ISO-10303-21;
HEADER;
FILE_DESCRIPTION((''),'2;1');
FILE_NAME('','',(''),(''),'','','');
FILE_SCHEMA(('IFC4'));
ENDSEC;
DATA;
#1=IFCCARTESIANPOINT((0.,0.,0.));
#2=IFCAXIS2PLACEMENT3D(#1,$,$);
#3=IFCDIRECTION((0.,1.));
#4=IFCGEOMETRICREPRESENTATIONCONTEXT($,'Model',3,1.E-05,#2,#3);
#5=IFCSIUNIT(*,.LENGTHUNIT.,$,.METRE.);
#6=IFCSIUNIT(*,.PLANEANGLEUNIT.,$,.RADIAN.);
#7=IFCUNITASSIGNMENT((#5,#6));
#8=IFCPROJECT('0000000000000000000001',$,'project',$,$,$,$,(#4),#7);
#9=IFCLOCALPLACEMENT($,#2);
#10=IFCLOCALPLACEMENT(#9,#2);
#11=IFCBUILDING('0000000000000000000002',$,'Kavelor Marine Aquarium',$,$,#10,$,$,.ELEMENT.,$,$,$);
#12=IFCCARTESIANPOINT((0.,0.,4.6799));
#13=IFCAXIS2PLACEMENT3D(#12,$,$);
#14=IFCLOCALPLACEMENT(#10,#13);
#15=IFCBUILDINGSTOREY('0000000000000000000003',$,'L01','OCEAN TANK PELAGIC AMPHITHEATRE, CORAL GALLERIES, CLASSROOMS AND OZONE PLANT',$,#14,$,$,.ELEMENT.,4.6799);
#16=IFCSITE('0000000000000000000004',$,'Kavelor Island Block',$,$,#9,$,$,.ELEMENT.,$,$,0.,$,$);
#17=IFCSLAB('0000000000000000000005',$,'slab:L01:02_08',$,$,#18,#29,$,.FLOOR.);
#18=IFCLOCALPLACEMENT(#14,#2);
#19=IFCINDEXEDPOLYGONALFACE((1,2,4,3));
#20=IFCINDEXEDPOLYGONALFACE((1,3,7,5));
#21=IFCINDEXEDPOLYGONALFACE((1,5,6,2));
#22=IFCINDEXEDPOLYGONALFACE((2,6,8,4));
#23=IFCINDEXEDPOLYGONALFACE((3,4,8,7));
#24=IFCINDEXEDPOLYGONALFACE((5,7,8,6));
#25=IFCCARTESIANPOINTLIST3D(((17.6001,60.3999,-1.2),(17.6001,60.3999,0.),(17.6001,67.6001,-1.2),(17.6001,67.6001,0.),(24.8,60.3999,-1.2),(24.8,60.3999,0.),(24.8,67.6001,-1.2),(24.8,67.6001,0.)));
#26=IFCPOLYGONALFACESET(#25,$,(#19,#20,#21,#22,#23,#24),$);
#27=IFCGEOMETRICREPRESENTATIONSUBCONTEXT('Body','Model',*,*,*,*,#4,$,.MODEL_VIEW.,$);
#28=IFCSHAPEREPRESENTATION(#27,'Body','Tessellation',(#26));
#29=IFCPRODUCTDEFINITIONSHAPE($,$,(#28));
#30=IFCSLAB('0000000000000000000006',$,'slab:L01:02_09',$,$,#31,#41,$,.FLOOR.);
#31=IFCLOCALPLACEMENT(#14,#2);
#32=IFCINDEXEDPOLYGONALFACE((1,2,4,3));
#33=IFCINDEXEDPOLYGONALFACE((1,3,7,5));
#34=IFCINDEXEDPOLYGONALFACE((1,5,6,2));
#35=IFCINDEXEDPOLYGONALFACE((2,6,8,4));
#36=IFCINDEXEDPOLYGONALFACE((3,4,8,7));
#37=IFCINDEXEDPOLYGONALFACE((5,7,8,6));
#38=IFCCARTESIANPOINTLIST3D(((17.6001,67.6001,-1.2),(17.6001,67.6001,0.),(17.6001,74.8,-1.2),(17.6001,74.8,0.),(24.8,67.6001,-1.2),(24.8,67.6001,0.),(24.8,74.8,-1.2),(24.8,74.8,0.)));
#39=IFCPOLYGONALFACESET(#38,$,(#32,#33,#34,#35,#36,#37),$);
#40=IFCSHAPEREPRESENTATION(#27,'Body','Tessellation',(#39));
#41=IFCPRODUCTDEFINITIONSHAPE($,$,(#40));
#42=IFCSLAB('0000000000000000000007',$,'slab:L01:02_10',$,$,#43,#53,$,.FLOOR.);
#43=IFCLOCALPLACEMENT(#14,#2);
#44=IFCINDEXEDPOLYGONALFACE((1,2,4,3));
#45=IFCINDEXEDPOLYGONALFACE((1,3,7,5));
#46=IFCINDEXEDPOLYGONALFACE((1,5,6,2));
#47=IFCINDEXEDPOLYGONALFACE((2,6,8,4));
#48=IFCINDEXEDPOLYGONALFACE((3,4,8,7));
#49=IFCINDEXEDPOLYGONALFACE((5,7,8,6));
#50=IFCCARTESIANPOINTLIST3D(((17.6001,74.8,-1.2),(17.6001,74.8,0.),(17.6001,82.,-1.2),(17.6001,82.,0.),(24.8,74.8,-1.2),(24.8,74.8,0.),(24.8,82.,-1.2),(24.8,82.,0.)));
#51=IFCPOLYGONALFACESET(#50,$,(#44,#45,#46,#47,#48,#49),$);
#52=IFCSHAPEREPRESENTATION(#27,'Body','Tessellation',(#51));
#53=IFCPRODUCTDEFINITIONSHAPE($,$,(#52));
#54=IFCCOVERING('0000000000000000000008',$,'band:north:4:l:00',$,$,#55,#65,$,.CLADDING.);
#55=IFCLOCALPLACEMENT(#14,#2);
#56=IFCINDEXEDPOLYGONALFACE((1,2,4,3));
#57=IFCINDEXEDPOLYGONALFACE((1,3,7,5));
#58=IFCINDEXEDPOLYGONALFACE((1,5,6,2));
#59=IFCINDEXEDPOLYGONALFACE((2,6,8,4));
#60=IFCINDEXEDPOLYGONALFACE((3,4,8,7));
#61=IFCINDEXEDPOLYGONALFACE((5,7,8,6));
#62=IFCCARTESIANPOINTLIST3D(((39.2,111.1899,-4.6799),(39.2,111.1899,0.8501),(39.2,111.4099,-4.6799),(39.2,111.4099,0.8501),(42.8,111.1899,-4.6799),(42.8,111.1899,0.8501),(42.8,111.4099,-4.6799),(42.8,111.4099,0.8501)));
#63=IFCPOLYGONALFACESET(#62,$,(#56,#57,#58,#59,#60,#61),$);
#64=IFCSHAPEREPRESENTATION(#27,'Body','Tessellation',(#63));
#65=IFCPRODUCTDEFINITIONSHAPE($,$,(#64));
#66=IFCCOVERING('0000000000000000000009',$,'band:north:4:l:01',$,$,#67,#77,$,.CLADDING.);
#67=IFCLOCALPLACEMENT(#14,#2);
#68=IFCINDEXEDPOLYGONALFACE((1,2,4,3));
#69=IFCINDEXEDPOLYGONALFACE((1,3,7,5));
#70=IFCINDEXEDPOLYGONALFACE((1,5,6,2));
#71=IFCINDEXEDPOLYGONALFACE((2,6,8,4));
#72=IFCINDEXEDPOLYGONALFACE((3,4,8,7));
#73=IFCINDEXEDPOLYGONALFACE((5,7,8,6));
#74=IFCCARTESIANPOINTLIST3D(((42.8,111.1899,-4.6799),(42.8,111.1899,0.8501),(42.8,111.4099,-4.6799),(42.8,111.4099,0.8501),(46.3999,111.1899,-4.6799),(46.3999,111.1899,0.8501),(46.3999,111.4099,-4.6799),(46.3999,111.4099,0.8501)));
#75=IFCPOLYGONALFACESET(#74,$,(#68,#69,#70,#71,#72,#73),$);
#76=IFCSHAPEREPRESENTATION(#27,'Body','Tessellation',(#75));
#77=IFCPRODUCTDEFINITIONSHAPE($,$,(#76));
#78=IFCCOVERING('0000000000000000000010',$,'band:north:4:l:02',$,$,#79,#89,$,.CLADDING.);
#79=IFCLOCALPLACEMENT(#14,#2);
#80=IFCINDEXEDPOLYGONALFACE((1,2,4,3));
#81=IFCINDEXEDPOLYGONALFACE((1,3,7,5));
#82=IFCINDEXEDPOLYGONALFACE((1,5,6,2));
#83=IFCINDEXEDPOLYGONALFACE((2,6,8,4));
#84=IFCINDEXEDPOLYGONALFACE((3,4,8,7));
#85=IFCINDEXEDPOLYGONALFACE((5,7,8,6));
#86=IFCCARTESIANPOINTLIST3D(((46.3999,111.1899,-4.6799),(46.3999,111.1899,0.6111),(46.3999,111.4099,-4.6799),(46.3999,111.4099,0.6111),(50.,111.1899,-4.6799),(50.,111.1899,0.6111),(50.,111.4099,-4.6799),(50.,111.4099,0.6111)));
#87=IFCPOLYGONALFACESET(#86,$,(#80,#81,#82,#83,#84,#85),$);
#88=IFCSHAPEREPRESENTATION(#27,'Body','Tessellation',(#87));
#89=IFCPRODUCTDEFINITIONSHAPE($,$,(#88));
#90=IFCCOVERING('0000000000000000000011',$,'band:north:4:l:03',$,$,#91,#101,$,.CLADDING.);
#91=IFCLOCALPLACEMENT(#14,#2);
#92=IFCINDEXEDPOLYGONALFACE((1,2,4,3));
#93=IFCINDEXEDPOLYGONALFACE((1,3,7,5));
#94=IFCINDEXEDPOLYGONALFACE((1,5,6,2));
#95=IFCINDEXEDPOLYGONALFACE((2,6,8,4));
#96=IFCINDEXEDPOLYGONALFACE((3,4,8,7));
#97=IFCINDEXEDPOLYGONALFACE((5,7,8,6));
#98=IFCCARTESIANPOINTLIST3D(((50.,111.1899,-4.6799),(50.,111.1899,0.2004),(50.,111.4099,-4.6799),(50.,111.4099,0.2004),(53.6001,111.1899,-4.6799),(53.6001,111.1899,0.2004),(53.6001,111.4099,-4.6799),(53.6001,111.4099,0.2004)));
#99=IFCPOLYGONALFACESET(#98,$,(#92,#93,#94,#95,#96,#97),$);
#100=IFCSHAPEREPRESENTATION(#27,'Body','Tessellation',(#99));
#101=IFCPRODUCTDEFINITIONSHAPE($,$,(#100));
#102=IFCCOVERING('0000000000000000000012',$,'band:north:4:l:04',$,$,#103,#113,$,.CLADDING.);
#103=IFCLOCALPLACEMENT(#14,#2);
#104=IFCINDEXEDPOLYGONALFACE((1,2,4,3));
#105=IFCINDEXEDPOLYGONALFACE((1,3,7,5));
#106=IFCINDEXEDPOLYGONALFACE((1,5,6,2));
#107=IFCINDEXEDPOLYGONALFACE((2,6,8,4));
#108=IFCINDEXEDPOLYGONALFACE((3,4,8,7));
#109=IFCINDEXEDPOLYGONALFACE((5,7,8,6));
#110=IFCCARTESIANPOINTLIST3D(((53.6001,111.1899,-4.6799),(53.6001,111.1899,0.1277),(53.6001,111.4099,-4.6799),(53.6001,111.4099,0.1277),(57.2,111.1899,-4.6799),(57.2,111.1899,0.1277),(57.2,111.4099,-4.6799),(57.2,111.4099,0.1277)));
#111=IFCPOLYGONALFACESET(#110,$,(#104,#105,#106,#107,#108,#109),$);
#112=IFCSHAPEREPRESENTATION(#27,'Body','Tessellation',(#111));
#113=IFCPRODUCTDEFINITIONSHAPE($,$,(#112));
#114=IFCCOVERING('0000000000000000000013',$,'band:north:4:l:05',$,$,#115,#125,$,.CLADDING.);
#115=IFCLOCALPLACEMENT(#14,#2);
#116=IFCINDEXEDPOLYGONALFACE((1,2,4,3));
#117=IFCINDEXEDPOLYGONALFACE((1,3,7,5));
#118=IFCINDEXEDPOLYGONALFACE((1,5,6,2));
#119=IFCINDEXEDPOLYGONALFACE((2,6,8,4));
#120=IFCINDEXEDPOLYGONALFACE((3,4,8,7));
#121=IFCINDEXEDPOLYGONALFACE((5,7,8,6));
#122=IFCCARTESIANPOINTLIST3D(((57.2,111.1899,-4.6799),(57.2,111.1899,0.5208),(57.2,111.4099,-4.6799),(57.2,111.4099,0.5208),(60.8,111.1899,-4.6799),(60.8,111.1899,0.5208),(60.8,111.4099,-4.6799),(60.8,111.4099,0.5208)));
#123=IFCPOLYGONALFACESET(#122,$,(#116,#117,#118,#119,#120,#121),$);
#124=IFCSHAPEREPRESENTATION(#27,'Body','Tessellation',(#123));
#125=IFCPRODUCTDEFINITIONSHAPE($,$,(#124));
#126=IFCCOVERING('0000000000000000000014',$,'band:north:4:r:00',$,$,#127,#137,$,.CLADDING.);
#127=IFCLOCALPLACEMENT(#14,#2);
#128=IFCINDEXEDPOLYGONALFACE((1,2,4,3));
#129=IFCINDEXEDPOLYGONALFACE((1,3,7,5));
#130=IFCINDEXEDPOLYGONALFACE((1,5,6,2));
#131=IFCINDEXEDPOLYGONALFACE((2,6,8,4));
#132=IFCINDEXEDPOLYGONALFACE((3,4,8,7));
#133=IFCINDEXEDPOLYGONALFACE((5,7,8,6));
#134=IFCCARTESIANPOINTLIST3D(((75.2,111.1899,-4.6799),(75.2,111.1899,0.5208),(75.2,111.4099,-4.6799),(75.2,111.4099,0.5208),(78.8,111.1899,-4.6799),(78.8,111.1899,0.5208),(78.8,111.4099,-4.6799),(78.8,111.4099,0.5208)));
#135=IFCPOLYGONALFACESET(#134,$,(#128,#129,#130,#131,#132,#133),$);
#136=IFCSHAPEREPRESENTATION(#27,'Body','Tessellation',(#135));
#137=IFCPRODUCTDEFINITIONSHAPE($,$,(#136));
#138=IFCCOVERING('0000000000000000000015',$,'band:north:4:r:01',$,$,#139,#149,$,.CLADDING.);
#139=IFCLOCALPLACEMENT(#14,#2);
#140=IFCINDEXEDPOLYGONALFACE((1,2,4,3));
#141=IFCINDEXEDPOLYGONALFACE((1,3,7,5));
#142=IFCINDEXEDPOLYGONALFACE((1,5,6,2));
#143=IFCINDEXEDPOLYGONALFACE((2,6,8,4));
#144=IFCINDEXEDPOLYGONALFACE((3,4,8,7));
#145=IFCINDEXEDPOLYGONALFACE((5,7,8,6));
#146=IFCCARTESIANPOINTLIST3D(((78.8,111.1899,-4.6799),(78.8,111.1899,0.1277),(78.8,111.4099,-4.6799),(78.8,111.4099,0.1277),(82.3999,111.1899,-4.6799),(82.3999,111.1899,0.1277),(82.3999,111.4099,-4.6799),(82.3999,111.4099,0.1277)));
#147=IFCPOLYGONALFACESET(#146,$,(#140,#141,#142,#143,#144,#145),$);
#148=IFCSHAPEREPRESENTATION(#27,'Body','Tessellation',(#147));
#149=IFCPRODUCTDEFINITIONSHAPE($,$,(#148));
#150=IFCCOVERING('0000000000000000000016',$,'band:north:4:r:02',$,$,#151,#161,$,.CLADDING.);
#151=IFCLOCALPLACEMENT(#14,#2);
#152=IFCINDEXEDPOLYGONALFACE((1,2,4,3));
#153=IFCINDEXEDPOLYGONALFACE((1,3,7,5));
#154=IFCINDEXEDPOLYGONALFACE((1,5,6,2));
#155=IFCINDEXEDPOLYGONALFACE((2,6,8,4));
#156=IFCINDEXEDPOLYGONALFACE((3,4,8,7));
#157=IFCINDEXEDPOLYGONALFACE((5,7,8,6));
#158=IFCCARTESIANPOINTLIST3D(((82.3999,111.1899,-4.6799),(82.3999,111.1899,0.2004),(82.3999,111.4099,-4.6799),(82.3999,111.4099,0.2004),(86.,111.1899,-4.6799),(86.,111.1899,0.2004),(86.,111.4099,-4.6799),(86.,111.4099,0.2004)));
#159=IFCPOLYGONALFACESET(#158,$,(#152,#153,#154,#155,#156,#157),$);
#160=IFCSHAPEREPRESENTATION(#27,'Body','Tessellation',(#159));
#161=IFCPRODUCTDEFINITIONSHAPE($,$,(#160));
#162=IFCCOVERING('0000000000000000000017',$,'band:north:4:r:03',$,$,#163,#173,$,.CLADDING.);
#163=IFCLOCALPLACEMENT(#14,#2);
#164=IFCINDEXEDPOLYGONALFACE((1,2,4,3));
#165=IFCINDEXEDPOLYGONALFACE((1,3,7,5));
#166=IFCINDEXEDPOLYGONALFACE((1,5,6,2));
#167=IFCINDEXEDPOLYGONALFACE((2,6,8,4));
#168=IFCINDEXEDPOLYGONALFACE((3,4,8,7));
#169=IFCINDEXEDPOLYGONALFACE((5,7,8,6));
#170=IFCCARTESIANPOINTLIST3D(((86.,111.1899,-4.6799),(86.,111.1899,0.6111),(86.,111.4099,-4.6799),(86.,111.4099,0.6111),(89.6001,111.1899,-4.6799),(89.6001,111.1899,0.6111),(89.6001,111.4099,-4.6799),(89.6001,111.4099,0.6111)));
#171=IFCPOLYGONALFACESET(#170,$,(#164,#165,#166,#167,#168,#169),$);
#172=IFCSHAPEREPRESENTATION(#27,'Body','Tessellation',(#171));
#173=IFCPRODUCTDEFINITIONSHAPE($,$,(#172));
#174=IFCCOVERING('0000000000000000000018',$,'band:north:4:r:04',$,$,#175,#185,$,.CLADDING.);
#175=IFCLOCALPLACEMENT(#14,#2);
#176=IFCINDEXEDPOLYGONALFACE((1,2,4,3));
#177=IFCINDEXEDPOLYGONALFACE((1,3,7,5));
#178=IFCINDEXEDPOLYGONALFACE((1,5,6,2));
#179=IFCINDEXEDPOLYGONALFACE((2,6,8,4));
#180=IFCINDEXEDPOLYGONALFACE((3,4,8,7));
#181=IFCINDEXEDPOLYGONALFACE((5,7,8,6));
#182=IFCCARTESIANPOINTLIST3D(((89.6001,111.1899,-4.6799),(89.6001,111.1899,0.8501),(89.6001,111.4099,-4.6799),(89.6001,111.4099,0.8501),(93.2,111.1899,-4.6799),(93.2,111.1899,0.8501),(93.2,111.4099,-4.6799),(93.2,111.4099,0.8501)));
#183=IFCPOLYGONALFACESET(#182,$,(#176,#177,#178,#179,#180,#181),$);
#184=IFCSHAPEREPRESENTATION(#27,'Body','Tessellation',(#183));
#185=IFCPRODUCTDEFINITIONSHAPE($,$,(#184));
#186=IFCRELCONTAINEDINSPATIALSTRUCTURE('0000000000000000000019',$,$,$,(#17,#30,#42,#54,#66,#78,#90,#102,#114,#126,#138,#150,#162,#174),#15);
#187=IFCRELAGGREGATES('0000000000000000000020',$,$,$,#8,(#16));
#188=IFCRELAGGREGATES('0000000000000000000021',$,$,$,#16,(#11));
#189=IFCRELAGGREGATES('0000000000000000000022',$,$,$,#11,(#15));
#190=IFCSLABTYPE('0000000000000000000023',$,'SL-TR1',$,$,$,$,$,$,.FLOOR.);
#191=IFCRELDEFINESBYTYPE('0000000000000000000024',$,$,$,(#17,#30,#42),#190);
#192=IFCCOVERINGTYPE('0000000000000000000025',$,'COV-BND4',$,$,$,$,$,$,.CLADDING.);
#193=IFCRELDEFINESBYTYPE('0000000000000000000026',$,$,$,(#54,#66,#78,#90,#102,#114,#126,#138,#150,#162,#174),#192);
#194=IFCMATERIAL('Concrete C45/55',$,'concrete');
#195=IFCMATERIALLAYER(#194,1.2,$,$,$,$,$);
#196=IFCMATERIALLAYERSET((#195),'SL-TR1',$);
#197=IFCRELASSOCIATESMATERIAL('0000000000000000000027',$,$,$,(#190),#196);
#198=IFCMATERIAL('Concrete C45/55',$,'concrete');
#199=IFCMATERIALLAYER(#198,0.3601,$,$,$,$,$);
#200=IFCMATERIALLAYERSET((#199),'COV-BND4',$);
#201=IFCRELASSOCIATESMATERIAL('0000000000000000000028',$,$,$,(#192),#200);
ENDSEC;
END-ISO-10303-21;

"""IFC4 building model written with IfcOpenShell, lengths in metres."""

from ifc_helpers import new_model, si_unit, direction, frame, origin, place, context, subcontext, project, spatial, polyline, outline, extrude, material, layer, layer_set, type_object, element, save


model = new_model("IFC4")

# Units and contexts
model_context = context("Model", 3, precision=1e-05, world=origin(), true_north=direction((0.0, 1.0)))
body_context = subcontext(model_context, "Body", "Model", "MODEL_VIEW")
ifc_project = project(units=[si_unit("LENGTHUNIT", "METRE"), si_unit("PLANEANGLEUNIT", "RADIAN")], contexts=[model_context])

# Site, building, storey
site_placement = place(None, origin())
site = spatial("IfcSite", under=ifc_project, at=site_placement, Name="Kavelor Island Block", CompositionType="ELEMENT", RefElevation=0.0)
building_placement = place(site_placement, origin())
building = spatial("IfcBuilding", under=site, at=building_placement, Name="Kavelor Marine Aquarium", CompositionType="ELEMENT")
storey_placement = place(building_placement, frame((0.0, 0.0, 4.6799)))
storey = spatial("IfcBuildingStorey", under=building, at=storey_placement, Name="L01", Description="OCEAN TANK PELAGIC AMPHITHEATRE, CORAL GALLERIES, CLASSROOMS AND OZONE PLANT", CompositionType="ELEMENT", Elevation=4.6799)

# Slabs
ifc_material_1 = material(Name="Concrete C45/55", Category="concrete")
ifc_layer_1 = layer(ifc_material_1, 1.2)
ifc_layer_set_1 = layer_set([ifc_layer_1], Name="SL-TR1")
slab_type = type_object("IfcSlabType", Name="SL-TR1", PredefinedType="FLOOR", material=ifc_layer_set_1)
slab_1_placement = place(storey_placement, frame((0.0, 0.0, -1.2)))
element("IfcSlab", 1, at=slab_1_placement, inside=storey, type_object=slab_type, Name="slab:L01:02_08", PredefinedType="FLOOR", context=body_context, shape_type="SweptSolid", body=[
    extrude(outline(polyline([(17.6001, 60.3999), (24.8, 60.3999), (24.8, 67.6001), (17.6001, 67.6001), (17.6001, 60.3999)])), origin(), (0.0, 0.0, 1.0), 1.2),
])
slab_2_placement = place(storey_placement, frame((0.0, 0.0, -1.2)))
element("IfcSlab", 2, at=slab_2_placement, inside=storey, type_object=slab_type, Name="slab:L01:02_09", PredefinedType="FLOOR", context=body_context, shape_type="SweptSolid", body=[
    extrude(outline(polyline([(17.6001, 67.6001), (24.8, 67.6001), (24.8, 74.8), (17.6001, 74.8), (17.6001, 67.6001)])), origin(), (0.0, 0.0, 1.0), 1.2),
])
slab_3_placement = place(storey_placement, frame((0.0, 0.0, -1.2)))
element("IfcSlab", 3, at=slab_3_placement, inside=storey, type_object=slab_type, Name="slab:L01:02_10", PredefinedType="FLOOR", context=body_context, shape_type="SweptSolid", body=[
    extrude(outline(polyline([(17.6001, 74.8), (24.8, 74.8), (24.8, 82.0), (17.6001, 82.0), (17.6001, 74.8)])), origin(), (0.0, 0.0, 1.0), 1.2),
])

# Coverings
ifc_material_2 = material(Name="Concrete C45/55", Category="concrete")
ifc_layer_2 = layer(ifc_material_2, 0.3601)
ifc_layer_set_2 = layer_set([ifc_layer_2], Name="COV-BND4")
covering_type = type_object("IfcCoveringType", Name="COV-BND4", PredefinedType="CLADDING", material=ifc_layer_set_2)
covering_1_placement = place(storey_placement, frame((0.0, 0.0, -4.6799)))
element("IfcCovering", 4, at=covering_1_placement, inside=storey, type_object=covering_type, Name="band:north:4:l:00", PredefinedType="CLADDING", context=body_context, shape_type="SweptSolid", body=[
    extrude(outline(polyline([(39.2, 111.1899), (42.8, 111.1899), (42.8, 111.4099), (39.2, 111.4099), (39.2, 111.1899)])), origin(), (0.0, 0.0, 1.0), 5.53),
])
covering_2_placement = place(storey_placement, frame((0.0, 0.0, -4.6799)))
element("IfcCovering", 5, at=covering_2_placement, inside=storey, type_object=covering_type, Name="band:north:4:l:01", PredefinedType="CLADDING", context=body_context, shape_type="SweptSolid", body=[
    extrude(outline(polyline([(42.8, 111.1899), (46.3999, 111.1899), (46.3999, 111.4099), (42.8, 111.4099), (42.8, 111.1899)])), origin(), (0.0, 0.0, 1.0), 5.53),
])
covering_3_placement = place(storey_placement, frame((0.0, 0.0, -4.6799)))
element("IfcCovering", 6, at=covering_3_placement, inside=storey, type_object=covering_type, Name="band:north:4:l:02", PredefinedType="CLADDING", context=body_context, shape_type="SweptSolid", body=[
    extrude(outline(polyline([(46.3999, 111.1899), (50.0, 111.1899), (50.0, 111.4099), (46.3999, 111.4099), (46.3999, 111.1899)])), origin(), (0.0, 0.0, 1.0), 5.291),
])
covering_4_placement = place(storey_placement, frame((0.0, 0.0, -4.6799)))
element("IfcCovering", 7, at=covering_4_placement, inside=storey, type_object=covering_type, Name="band:north:4:l:03", PredefinedType="CLADDING", context=body_context, shape_type="SweptSolid", body=[
    extrude(outline(polyline([(50.0, 111.1899), (53.6001, 111.1899), (53.6001, 111.4099), (50.0, 111.4099), (50.0, 111.1899)])), origin(), (0.0, 0.0, 1.0), 4.8804),
])
covering_5_placement = place(storey_placement, frame((0.0, 0.0, -4.6799)))
element("IfcCovering", 8, at=covering_5_placement, inside=storey, type_object=covering_type, Name="band:north:4:l:04", PredefinedType="CLADDING", context=body_context, shape_type="SweptSolid", body=[
    extrude(outline(polyline([(53.6001, 111.1899), (57.2, 111.1899), (57.2, 111.4099), (53.6001, 111.4099), (53.6001, 111.1899)])), origin(), (0.0, 0.0, 1.0), 4.8076),
])
covering_6_placement = place(storey_placement, frame((0.0, 0.0, -4.6799)))
element("IfcCovering", 9, at=covering_6_placement, inside=storey, type_object=covering_type, Name="band:north:4:l:05", PredefinedType="CLADDING", context=body_context, shape_type="SweptSolid", body=[
    extrude(outline(polyline([(57.2, 111.1899), (60.8, 111.1899), (60.8, 111.4099), (57.2, 111.4099), (57.2, 111.1899)])), origin(), (0.0, 0.0, 1.0), 5.2007),
])
covering_7_placement = place(storey_placement, frame((0.0, 0.0, -4.6799)))
element("IfcCovering", 10, at=covering_7_placement, inside=storey, type_object=covering_type, Name="band:north:4:r:00", PredefinedType="CLADDING", context=body_context, shape_type="SweptSolid", body=[
    extrude(outline(polyline([(75.2, 111.1899), (78.8, 111.1899), (78.8, 111.4099), (75.2, 111.4099), (75.2, 111.1899)])), origin(), (0.0, 0.0, 1.0), 5.2007),
])
covering_8_placement = place(storey_placement, frame((0.0, 0.0, -4.6799)))
element("IfcCovering", 11, at=covering_8_placement, inside=storey, type_object=covering_type, Name="band:north:4:r:01", PredefinedType="CLADDING", context=body_context, shape_type="SweptSolid", body=[
    extrude(outline(polyline([(78.8, 111.1899), (82.3999, 111.1899), (82.3999, 111.4099), (78.8, 111.4099), (78.8, 111.1899)])), origin(), (0.0, 0.0, 1.0), 4.8076),
])
covering_9_placement = place(storey_placement, frame((0.0, 0.0, -4.6799)))
element("IfcCovering", 12, at=covering_9_placement, inside=storey, type_object=covering_type, Name="band:north:4:r:02", PredefinedType="CLADDING", context=body_context, shape_type="SweptSolid", body=[
    extrude(outline(polyline([(82.3999, 111.1899), (86.0, 111.1899), (86.0, 111.4099), (82.3999, 111.4099), (82.3999, 111.1899)])), origin(), (0.0, 0.0, 1.0), 4.8804),
])
covering_10_placement = place(storey_placement, frame((0.0, 0.0, -4.6799)))
element("IfcCovering", 13, at=covering_10_placement, inside=storey, type_object=covering_type, Name="band:north:4:r:03", PredefinedType="CLADDING", context=body_context, shape_type="SweptSolid", body=[
    extrude(outline(polyline([(86.0, 111.1899), (89.6001, 111.1899), (89.6001, 111.4099), (86.0, 111.4099), (86.0, 111.1899)])), origin(), (0.0, 0.0, 1.0), 5.291),
])
covering_11_placement = place(storey_placement, frame((0.0, 0.0, -4.6799)))
element("IfcCovering", 14, at=covering_11_placement, inside=storey, type_object=covering_type, Name="band:north:4:r:04", PredefinedType="CLADDING", context=body_context, shape_type="SweptSolid", body=[
    extrude(outline(polyline([(89.6001, 111.1899), (93.2, 111.1899), (93.2, 111.4099), (89.6001, 111.4099), (89.6001, 111.1899)])), origin(), (0.0, 0.0, 1.0), 5.53),
])

save(model, "model.ifc")
